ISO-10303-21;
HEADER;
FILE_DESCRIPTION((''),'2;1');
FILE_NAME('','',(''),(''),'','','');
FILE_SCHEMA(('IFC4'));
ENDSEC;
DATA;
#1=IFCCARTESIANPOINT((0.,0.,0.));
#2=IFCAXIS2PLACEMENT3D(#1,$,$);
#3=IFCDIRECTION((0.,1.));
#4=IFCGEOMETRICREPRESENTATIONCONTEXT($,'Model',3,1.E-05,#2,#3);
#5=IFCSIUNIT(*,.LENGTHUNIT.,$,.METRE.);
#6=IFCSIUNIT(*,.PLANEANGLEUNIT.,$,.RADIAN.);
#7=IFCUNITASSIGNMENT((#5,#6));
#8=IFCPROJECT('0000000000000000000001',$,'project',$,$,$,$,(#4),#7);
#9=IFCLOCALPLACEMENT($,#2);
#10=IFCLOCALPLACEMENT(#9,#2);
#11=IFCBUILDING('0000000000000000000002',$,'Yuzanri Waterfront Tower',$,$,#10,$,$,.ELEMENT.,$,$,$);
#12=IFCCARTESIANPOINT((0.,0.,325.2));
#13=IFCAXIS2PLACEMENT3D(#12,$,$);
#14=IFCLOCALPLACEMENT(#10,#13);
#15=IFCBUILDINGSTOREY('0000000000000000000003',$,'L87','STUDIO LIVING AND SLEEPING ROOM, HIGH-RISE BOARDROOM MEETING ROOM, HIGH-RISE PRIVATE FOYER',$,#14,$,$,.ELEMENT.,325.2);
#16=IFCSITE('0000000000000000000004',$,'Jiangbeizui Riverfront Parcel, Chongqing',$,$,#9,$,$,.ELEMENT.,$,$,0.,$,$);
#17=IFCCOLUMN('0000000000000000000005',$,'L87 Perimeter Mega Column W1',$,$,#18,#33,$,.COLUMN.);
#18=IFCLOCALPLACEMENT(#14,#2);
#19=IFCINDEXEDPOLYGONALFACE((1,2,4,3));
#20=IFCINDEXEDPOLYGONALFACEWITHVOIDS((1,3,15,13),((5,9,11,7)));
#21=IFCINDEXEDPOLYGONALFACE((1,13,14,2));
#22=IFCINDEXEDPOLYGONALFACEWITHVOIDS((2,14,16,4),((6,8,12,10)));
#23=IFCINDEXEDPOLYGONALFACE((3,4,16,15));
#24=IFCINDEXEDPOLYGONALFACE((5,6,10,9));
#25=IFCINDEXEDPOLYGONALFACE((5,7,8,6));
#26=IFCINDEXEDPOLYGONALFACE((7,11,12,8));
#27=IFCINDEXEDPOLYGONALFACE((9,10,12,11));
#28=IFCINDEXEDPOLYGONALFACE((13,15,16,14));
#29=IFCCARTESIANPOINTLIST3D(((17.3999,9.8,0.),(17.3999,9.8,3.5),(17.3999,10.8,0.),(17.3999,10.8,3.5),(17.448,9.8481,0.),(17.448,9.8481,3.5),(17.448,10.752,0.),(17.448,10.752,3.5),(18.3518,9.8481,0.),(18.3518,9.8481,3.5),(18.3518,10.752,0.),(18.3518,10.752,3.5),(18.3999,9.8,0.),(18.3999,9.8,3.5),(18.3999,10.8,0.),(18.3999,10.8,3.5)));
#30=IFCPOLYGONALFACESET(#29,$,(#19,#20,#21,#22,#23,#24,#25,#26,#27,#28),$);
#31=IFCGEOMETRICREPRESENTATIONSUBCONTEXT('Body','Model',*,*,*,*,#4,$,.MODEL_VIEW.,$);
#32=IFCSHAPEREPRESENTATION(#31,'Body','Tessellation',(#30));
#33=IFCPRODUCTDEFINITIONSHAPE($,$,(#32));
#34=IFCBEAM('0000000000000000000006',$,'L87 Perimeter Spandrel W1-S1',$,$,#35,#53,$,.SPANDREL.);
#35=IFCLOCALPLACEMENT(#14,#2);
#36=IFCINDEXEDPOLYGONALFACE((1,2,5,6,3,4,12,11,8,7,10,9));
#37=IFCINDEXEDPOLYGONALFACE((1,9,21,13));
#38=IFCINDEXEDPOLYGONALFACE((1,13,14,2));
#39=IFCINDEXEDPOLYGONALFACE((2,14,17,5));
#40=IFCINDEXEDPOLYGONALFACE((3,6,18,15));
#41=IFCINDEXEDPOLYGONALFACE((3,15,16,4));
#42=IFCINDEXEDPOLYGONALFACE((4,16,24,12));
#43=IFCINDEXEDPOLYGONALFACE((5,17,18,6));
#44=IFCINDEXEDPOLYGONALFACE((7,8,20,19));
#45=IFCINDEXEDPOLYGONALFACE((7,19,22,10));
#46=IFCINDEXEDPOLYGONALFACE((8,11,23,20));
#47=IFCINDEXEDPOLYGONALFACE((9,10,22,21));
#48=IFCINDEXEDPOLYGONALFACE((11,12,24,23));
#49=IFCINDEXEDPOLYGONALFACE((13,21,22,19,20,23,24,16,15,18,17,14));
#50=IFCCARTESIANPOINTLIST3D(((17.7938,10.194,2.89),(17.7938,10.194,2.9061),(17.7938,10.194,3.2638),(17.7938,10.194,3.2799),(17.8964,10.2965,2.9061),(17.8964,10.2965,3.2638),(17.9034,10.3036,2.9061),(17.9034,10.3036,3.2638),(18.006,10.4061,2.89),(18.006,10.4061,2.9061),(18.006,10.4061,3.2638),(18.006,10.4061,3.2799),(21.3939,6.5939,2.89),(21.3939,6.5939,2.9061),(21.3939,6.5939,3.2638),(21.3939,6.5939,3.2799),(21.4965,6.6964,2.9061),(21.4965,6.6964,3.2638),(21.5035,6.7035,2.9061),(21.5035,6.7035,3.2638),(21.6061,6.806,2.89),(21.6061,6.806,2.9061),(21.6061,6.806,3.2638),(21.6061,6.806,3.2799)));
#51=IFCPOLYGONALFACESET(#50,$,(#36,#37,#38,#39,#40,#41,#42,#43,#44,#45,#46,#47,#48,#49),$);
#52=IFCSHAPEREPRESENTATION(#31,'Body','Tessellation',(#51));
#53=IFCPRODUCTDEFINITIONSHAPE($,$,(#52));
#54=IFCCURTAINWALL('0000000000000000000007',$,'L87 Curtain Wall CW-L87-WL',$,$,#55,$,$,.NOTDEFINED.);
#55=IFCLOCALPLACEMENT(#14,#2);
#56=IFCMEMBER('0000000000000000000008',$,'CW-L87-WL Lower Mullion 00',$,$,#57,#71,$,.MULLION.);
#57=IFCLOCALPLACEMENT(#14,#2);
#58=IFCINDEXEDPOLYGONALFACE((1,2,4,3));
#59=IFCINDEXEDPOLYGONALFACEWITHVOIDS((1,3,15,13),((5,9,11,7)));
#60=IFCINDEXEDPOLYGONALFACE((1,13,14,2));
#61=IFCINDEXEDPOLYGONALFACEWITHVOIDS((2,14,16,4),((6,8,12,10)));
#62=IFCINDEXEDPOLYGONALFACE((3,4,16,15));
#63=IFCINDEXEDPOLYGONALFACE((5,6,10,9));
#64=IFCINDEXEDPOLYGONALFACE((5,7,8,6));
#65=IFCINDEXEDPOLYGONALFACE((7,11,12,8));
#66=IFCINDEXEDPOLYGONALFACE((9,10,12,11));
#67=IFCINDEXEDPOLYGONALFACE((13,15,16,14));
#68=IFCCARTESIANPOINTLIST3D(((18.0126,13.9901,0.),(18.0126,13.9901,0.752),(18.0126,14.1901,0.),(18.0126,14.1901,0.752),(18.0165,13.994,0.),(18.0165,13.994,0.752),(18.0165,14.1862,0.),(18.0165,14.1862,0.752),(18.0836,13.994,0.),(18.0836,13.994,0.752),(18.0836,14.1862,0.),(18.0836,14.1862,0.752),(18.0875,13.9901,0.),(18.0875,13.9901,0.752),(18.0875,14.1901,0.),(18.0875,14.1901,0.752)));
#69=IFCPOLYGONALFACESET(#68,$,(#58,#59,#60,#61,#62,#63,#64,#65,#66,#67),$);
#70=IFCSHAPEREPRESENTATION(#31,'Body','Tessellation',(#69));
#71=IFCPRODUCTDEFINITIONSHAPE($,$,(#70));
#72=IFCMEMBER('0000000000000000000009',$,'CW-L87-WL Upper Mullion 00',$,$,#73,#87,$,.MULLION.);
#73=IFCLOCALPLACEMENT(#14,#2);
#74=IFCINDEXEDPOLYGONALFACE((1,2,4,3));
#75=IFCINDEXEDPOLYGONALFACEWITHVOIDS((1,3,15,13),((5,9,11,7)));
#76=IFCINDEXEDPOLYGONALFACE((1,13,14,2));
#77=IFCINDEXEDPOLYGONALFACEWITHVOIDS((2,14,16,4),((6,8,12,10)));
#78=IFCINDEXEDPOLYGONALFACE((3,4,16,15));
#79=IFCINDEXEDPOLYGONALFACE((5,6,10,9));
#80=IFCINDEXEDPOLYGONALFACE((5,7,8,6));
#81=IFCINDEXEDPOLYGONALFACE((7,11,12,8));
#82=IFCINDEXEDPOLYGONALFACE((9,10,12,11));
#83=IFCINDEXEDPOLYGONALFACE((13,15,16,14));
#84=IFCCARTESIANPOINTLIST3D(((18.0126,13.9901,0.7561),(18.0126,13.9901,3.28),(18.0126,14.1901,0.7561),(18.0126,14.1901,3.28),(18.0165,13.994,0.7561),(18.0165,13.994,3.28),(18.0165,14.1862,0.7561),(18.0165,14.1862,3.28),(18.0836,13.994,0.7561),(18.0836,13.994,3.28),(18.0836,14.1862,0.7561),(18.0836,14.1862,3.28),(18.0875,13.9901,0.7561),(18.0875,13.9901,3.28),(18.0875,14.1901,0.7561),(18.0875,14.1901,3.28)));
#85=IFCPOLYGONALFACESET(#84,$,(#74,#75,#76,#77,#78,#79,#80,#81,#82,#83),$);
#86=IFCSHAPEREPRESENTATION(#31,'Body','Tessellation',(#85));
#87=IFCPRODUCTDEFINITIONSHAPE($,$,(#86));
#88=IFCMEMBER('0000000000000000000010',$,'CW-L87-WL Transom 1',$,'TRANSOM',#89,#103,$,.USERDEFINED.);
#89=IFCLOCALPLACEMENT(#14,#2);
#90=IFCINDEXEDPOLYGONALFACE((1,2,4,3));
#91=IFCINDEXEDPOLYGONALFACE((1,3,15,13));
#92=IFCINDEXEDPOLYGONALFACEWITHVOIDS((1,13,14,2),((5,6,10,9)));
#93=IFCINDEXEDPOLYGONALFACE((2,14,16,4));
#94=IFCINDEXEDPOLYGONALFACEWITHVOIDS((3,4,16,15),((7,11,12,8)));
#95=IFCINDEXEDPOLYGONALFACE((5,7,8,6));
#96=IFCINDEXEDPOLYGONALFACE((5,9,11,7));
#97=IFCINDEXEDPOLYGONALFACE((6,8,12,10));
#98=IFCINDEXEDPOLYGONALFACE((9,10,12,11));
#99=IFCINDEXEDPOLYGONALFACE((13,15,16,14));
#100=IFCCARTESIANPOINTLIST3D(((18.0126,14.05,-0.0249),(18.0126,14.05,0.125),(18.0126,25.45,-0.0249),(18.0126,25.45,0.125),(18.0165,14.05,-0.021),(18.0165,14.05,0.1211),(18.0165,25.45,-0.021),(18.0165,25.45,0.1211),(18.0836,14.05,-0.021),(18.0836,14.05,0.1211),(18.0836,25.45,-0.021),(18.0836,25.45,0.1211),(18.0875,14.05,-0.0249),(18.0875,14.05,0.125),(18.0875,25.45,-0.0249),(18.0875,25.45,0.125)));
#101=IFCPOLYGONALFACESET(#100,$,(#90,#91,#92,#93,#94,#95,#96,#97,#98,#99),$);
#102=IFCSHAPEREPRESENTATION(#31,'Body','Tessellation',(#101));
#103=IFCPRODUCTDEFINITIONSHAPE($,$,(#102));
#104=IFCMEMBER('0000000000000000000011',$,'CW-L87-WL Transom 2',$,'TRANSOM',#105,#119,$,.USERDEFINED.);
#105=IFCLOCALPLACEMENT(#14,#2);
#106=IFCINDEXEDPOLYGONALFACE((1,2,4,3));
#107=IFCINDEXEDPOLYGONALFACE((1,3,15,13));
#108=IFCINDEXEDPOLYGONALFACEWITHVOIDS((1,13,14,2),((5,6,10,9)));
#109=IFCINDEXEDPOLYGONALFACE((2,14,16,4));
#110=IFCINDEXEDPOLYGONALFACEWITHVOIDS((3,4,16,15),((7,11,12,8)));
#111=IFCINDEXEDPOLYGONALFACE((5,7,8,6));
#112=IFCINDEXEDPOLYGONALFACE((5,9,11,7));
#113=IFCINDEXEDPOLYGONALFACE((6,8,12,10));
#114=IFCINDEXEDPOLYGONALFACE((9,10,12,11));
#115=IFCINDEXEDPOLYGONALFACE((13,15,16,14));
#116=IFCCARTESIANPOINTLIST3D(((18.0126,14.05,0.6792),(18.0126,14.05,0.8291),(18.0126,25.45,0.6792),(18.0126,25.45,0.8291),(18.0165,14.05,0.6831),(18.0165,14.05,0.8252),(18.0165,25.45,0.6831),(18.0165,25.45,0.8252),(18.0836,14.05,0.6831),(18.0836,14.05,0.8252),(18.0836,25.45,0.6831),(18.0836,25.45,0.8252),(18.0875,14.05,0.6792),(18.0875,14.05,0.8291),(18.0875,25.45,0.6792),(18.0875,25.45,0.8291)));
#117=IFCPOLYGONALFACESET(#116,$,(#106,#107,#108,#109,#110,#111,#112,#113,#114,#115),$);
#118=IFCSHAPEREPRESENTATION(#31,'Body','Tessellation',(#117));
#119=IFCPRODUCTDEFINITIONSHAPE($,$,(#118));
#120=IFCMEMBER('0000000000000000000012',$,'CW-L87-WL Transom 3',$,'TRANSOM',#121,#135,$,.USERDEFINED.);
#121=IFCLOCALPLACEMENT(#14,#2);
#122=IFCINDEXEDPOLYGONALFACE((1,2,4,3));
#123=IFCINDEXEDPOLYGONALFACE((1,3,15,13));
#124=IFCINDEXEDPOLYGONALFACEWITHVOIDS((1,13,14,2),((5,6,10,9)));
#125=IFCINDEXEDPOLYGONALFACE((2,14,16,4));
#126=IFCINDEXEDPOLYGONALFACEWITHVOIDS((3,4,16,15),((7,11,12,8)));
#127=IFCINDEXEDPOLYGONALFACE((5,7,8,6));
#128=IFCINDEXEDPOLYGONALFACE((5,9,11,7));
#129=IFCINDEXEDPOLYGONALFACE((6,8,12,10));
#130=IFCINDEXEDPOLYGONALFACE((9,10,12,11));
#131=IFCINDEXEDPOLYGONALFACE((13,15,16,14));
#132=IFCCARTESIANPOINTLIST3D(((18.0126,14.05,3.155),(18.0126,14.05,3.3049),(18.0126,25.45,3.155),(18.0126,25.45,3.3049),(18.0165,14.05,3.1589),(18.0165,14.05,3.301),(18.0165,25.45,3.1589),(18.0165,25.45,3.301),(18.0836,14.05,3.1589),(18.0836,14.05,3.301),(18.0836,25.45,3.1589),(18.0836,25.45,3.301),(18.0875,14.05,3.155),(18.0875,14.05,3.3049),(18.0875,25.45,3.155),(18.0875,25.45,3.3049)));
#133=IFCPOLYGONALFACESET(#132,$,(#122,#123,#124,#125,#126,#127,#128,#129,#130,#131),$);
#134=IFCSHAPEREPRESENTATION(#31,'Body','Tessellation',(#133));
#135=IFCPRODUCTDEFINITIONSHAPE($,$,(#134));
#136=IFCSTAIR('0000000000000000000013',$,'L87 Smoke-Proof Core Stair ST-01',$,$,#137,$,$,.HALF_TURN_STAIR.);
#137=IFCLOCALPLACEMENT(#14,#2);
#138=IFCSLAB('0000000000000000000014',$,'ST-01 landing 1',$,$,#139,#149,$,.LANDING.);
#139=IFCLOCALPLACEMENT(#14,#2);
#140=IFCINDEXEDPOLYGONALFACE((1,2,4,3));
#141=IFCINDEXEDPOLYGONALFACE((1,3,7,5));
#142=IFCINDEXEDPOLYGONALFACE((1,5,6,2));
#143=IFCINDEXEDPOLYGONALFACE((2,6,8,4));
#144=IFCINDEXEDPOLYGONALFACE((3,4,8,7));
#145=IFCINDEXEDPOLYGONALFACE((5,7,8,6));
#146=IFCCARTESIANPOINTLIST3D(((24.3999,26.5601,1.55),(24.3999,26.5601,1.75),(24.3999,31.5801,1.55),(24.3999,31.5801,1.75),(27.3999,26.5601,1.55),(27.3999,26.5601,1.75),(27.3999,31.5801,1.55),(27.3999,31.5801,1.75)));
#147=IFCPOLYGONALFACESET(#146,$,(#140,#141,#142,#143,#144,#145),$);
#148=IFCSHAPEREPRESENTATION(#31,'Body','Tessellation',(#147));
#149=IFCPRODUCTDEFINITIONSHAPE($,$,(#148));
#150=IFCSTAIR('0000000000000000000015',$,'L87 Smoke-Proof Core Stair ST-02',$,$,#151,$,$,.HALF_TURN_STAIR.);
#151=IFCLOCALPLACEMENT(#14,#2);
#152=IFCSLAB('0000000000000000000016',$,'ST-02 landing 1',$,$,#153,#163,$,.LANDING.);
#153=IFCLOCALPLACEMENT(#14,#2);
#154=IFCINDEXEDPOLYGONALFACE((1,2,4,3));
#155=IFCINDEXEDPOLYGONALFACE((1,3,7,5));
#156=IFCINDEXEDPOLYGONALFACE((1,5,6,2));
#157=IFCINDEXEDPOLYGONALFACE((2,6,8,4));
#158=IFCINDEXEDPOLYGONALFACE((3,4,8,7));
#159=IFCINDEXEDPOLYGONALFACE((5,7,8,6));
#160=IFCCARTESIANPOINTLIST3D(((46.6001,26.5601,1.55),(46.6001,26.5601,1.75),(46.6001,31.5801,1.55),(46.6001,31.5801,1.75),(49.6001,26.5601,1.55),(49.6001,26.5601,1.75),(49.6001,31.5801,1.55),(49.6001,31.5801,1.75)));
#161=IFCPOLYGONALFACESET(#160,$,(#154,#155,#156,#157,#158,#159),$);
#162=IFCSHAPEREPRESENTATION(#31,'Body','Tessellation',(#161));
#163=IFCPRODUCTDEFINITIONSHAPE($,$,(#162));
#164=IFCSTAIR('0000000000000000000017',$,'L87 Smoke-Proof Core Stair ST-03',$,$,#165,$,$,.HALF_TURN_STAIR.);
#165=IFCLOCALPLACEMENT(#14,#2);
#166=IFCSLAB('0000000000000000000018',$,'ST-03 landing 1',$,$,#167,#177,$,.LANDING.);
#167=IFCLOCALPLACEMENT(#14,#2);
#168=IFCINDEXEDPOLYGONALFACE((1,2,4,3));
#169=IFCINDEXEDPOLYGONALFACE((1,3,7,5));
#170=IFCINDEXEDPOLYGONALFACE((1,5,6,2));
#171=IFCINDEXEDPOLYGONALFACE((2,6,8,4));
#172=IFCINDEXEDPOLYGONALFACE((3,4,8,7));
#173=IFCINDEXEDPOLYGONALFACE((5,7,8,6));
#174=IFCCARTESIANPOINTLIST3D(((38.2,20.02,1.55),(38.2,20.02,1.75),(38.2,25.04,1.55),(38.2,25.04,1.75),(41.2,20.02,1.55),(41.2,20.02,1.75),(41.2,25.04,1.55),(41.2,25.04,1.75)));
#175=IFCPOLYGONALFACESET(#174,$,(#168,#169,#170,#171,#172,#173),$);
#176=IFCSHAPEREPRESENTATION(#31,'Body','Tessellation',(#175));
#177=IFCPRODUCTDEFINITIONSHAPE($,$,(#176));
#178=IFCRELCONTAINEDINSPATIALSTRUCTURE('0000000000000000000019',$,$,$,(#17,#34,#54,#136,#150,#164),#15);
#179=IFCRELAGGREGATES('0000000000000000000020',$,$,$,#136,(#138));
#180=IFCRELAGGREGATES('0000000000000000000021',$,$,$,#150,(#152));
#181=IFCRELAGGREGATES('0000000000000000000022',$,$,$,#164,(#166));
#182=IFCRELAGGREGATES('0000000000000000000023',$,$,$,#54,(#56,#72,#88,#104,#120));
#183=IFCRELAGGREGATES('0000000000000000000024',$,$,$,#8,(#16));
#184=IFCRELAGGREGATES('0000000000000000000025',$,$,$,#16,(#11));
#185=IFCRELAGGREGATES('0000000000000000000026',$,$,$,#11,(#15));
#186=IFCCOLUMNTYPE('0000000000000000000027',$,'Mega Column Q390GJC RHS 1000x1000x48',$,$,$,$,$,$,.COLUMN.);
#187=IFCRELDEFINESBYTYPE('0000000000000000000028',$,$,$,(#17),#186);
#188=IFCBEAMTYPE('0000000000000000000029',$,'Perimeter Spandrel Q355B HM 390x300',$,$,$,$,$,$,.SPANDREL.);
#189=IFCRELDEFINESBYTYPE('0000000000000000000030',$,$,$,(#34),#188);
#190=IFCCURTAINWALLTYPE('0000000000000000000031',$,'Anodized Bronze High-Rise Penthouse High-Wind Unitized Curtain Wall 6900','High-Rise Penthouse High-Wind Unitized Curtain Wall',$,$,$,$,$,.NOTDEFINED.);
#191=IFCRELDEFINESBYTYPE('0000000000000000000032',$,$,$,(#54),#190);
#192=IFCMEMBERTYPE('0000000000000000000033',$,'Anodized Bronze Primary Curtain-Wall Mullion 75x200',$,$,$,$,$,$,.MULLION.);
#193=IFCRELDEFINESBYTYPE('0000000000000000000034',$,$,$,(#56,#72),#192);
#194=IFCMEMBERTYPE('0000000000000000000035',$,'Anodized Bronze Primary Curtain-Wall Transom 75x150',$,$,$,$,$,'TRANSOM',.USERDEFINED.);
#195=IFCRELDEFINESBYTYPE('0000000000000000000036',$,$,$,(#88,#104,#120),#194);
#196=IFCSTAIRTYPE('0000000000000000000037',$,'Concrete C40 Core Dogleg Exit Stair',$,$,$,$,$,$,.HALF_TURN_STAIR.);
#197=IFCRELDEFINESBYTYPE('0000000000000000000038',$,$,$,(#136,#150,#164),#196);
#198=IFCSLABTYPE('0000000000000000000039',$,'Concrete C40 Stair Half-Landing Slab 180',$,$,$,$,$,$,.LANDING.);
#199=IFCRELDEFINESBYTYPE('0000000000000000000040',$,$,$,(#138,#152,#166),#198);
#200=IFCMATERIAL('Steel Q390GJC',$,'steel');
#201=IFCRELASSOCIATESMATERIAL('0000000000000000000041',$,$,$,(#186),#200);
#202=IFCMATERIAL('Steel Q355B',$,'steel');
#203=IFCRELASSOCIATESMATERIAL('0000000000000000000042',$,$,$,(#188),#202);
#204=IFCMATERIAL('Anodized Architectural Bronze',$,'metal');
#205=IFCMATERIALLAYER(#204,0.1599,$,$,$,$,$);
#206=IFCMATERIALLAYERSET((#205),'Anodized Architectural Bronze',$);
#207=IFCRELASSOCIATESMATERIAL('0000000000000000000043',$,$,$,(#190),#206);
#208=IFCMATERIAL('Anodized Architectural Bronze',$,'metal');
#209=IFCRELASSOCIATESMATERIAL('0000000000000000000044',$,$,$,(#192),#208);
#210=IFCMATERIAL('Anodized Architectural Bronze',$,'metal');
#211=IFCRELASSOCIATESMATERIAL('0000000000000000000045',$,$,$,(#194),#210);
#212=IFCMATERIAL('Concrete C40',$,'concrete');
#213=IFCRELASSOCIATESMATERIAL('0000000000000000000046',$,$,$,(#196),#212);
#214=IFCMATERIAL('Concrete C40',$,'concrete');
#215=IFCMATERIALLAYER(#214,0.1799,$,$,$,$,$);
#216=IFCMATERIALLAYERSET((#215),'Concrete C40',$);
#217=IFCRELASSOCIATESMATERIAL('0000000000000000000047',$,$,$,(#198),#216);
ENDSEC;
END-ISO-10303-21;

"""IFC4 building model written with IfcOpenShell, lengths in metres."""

from ifc_helpers import new_model, si_unit, direction, frame, origin, origin_2d, place, context, subcontext, project, spatial, polyline, hollow_rectangle, i_section, outline, extrude, source, transform, mapped, material, layer, layer_set, material_profile, profile_set, type_object, element, aggregate, save


model = new_model("IFC4")

# Units and contexts
model_context = context("Model", 3, precision=1e-05, world=origin(), true_north=direction((0.0, 1.0)))
body_context = subcontext(model_context, "Body", "Model", "MODEL_VIEW")
ifc_project = project(units=[si_unit("LENGTHUNIT", "METRE"), si_unit("PLANEANGLEUNIT", "RADIAN")], contexts=[model_context])

# Site, building, storey
site_placement = place(None, origin())
site = spatial("IfcSite", under=ifc_project, at=site_placement, Name="Jiangbeizui Riverfront Parcel, Chongqing", CompositionType="ELEMENT", RefElevation=0.0)
building_placement = place(site_placement, origin())
building = spatial("IfcBuilding", under=site, at=building_placement, Name="Yuzanri Waterfront Tower", CompositionType="ELEMENT")
storey_placement = place(building_placement, frame((0.0, 0.0, 325.2)))
storey = spatial("IfcBuildingStorey", under=building, at=storey_placement, Name="L87", Description="STUDIO LIVING AND SLEEPING ROOM, HIGH-RISE BOARDROOM MEETING ROOM, HIGH-RISE PRIVATE FOYER", CompositionType="ELEMENT", Elevation=325.2)

# Column
ifc_material_1 = material(Name="Steel Q390GJC", Category="steel")
ifc_material_profile_1 = material_profile(ifc_material_1, hollow_rectangle(XDim=1.0, YDim=1.0, WallThickness=0.0481, at=origin_2d()), Name="RHS 1000x1000x48")
ifc_profile_set_1 = profile_set([ifc_material_profile_1], Name="Steel Q390GJC")
column_type = type_object("IfcColumnType", Name="Mega Column Q390GJC RHS 1000x1000x48", PredefinedType="COLUMN", material=ifc_profile_set_1)
shared_shape_1 = source(origin(), body_context, "Body", "SweptSolid", [
    extrude(hollow_rectangle(XDim=1.0, YDim=1.0, WallThickness=0.0481, at=origin_2d()), origin(), (0.0, 0.0, 1.0), 3.5),
])
column_placement = place(storey_placement, frame((17.8999, 10.3, 0.0), z_axis=(0.0, 0.0, 1.0), x_axis=(1.0, 0.0, 0.0)))
element("IfcColumn", 1, at=column_placement, inside=storey, type_object=column_type, Name="L87 Perimeter Mega Column W1", PredefinedType="COLUMN", context=body_context, shape_type="MappedRepresentation", body=[
    mapped(shared_shape_1, transform((0.0, 0.0, 0.0), scale=1.0)),
])

# Beam
ifc_material_2 = material(Name="Steel Q355B", Category="steel")
ifc_material_profile_2 = material_profile(ifc_material_2, i_section(OverallWidth=0.3, OverallDepth=0.3899, WebThickness=0.01, FlangeThickness=0.0161, at=origin_2d()), Name="HM 390x300x10x16")
ifc_profile_set_2 = profile_set([ifc_material_profile_2], Name="Steel Q355B")
beam_type = type_object("IfcBeamType", Name="Perimeter Spandrel Q355B HM 390x300", PredefinedType="SPANDREL", material=ifc_profile_set_2)
shared_shape_2 = source(origin(), body_context, "Body", "SweptSolid", [
    extrude(i_section(OverallWidth=0.3, OverallDepth=0.3899, WebThickness=0.01, FlangeThickness=0.0161, at=origin_2d()), origin(), (0.0, 0.0, 1.0), 5.0913),
])
beam_placement = place(storey_placement, frame((17.8999, 10.3, 3.085), z_axis=(0.707107, -0.707107, 0.0), x_axis=(0.707107, 0.707107, 0.0)))
element("IfcBeam", 2, at=beam_placement, inside=storey, type_object=beam_type, Name="L87 Perimeter Spandrel W1-S1", PredefinedType="SPANDREL", context=body_context, shape_type="MappedRepresentation", body=[
    mapped(shared_shape_2, transform((0.0, 0.0, 0.0), scale=1.0)),
])

# Curtain wall, members
ifc_material_3 = material(Name="Anodized Architectural Bronze", Category="metal")
ifc_layer_1 = layer(ifc_material_3, 0.1599)
ifc_layer_set_1 = layer_set([ifc_layer_1], Name="Anodized Architectural Bronze")
curtain_wall_type = type_object("IfcCurtainWallType", Name="Anodized Bronze High-Rise Penthouse High-Wind Unitized Curtain Wall 6900", Description="High-Rise Penthouse High-Wind Unitized Curtain Wall", PredefinedType="NOTDEFINED", material=ifc_layer_set_1)
curtain_wall_placement = place(storey_placement, origin())
curtain_wall = element("IfcCurtainWall", 3, at=curtain_wall_placement, inside=storey, type_object=curtain_wall_type, Name="L87 Curtain Wall CW-L87-WL", PredefinedType="NOTDEFINED")
ifc_material_4 = material(Name="Anodized Architectural Bronze", Category="metal")
ifc_material_profile_3 = material_profile(ifc_material_4, hollow_rectangle(XDim=0.075, YDim=0.2, WallThickness=0.0039, at=origin_2d()), Name="CWM 75x200")
ifc_profile_set_3 = profile_set([ifc_material_profile_3], Name="Anodized Architectural Bronze")
member_type_1 = type_object("IfcMemberType", Name="Anodized Bronze Primary Curtain-Wall Mullion 75x200", PredefinedType="MULLION", material=ifc_profile_set_3)
shared_shape_3 = source(origin(), body_context, "Body", "SweptSolid", [
    extrude(hollow_rectangle(XDim=0.075, YDim=0.2, WallThickness=0.0039, at=origin_2d()), origin(), (0.0, 0.0, 1.0), 0.752),
])
member_1_placement = place(storey_placement, frame((18.05, 14.0901, 0.0), z_axis=(0.0, 0.0, 1.0), x_axis=(1.0, 0.0, 0.0)))
member_1 = element("IfcMember", 4, at=member_1_placement, type_object=member_type_1, Name="CW-L87-WL Lower Mullion 00", PredefinedType="MULLION", context=body_context, shape_type="MappedRepresentation", body=[
    mapped(shared_shape_3, transform((0.0, 0.0, 0.0), scale=1.0)),
])
shared_shape_4 = source(origin(), body_context, "Body", "SweptSolid", [
    extrude(hollow_rectangle(XDim=0.075, YDim=0.2, WallThickness=0.0039, at=origin_2d()), origin(), (0.0, 0.0, 1.0), 2.5239),
])
member_2_placement = place(storey_placement, frame((18.05, 14.0901, 0.7561), z_axis=(0.0, 0.0, 1.0), x_axis=(1.0, 0.0, 0.0)))
member_2 = element("IfcMember", 5, at=member_2_placement, type_object=member_type_1, Name="CW-L87-WL Upper Mullion 00", PredefinedType="MULLION", context=body_context, shape_type="MappedRepresentation", body=[
    mapped(shared_shape_4, transform((0.0, 0.0, 0.0), scale=1.0)),
])
ifc_material_5 = material(Name="Anodized Architectural Bronze", Category="metal")
ifc_material_profile_4 = material_profile(ifc_material_5, hollow_rectangle(XDim=0.075, YDim=0.1499, WallThickness=0.0039, at=origin_2d()), Name="CWT 75x150")
ifc_profile_set_4 = profile_set([ifc_material_profile_4], Name="Anodized Architectural Bronze")
member_type_2 = type_object("IfcMemberType", Name="Anodized Bronze Primary Curtain-Wall Transom 75x150", ElementType="TRANSOM", PredefinedType="USERDEFINED", material=ifc_profile_set_4)
shared_shape_5 = source(origin(), body_context, "Body", "SweptSolid", [
    extrude(hollow_rectangle(XDim=0.075, YDim=0.1499, WallThickness=0.0039, at=origin_2d()), origin(), (0.0, 0.0, 1.0), 11.3999),
])
member_3_placement = place(storey_placement, frame((18.05, 14.05, 0.05), z_axis=(0.0, 1.0, 0.0), x_axis=(-1.0, 0.0, 0.0)))
member_3 = element("IfcMember", 6, at=member_3_placement, type_object=member_type_2, Name="CW-L87-WL Transom 1", ObjectType="TRANSOM", PredefinedType="USERDEFINED", context=body_context, shape_type="MappedRepresentation", body=[
    mapped(shared_shape_5, transform((0.0, 0.0, 0.0), scale=1.0)),
])
member_4_placement = place(storey_placement, frame((18.05, 14.05, 0.7542), z_axis=(0.0, 1.0, 0.0), x_axis=(-1.0, 0.0, 0.0)))
member_4 = element("IfcMember", 7, at=member_4_placement, type_object=member_type_2, Name="CW-L87-WL Transom 2", ObjectType="TRANSOM", PredefinedType="USERDEFINED", context=body_context, shape_type="MappedRepresentation", body=[
    mapped(shared_shape_5, transform((0.0, 0.0, 0.0), scale=1.0)),
])
member_5_placement = place(storey_placement, frame((18.05, 14.05, 3.23), z_axis=(0.0, 1.0, 0.0), x_axis=(-1.0, 0.0, 0.0)))
member_5 = element("IfcMember", 8, at=member_5_placement, type_object=member_type_2, Name="CW-L87-WL Transom 3", ObjectType="TRANSOM", PredefinedType="USERDEFINED", context=body_context, shape_type="MappedRepresentation", body=[
    mapped(shared_shape_5, transform((0.0, 0.0, 0.0), scale=1.0)),
])

# Stairs, slabs
ifc_material_6 = material(Name="Concrete C40", Category="concrete")
stair_type = type_object("IfcStairType", Name="Concrete C40 Core Dogleg Exit Stair", PredefinedType="HALF_TURN_STAIR", material=ifc_material_6)
stair_1_placement = place(storey_placement, origin())
stair_1 = element("IfcStair", 9, at=stair_1_placement, inside=storey, type_object=stair_type, Name="L87 Smoke-Proof Core Stair ST-01", PredefinedType="HALF_TURN_STAIR")
ifc_material_7 = material(Name="Concrete C40", Category="concrete")
ifc_layer_2 = layer(ifc_material_7, 0.1799)
ifc_layer_set_2 = layer_set([ifc_layer_2], Name="Concrete C40")
slab_type_1 = type_object("IfcSlabType", Name="Concrete C40 Stair Half-Landing Slab 180", PredefinedType="LANDING", material=ifc_layer_set_2)
slab_1_placement = place(storey_placement, frame((0.0, 0.0, 1.55)))
slab_1 = element("IfcSlab", 10, at=slab_1_placement, type_object=slab_type_1, Name="ST-01 landing 1", PredefinedType="LANDING", context=body_context, shape_type="SweptSolid", body=[
    extrude(outline(polyline([(27.3999, 26.5601), (27.3999, 31.5801), (24.3999, 31.5801), (24.3999, 26.5601), (27.3999, 26.5601)])), origin(), (0.0, 0.0, 1.0), 0.2),
])
aggregate(stair_1, [slab_1])
stair_2_placement = place(storey_placement, origin())
stair_2 = element("IfcStair", 11, at=stair_2_placement, inside=storey, type_object=stair_type, Name="L87 Smoke-Proof Core Stair ST-02", PredefinedType="HALF_TURN_STAIR")
slab_2_placement = place(storey_placement, frame((0.0, 0.0, 1.55)))
slab_2 = element("IfcSlab", 12, at=slab_2_placement, type_object=slab_type_1, Name="ST-02 landing 1", PredefinedType="LANDING", context=body_context, shape_type="SweptSolid", body=[
    extrude(outline(polyline([(49.6001, 26.5601), (49.6001, 31.5801), (46.6001, 31.5801), (46.6001, 26.5601), (49.6001, 26.5601)])), origin(), (0.0, 0.0, 1.0), 0.2),
])
aggregate(stair_2, [slab_2])
stair_3_placement = place(storey_placement, origin())
stair_3 = element("IfcStair", 13, at=stair_3_placement, inside=storey, type_object=stair_type, Name="L87 Smoke-Proof Core Stair ST-03", PredefinedType="HALF_TURN_STAIR")
slab_3_placement = place(storey_placement, frame((0.0, 0.0, 1.55)))
slab_3 = element("IfcSlab", 14, at=slab_3_placement, type_object=slab_type_1, Name="ST-03 landing 1", PredefinedType="LANDING", context=body_context, shape_type="SweptSolid", body=[
    extrude(outline(polyline([(38.2, 25.04), (38.2, 20.02), (41.2, 20.02), (41.2, 25.04), (38.2, 25.04)])), origin(), (0.0, 0.0, 1.0), 0.2),
])
aggregate(stair_3, [slab_3])

aggregate(curtain_wall, [member_1, member_2, member_3, member_4, member_5])

save(model, "model.ifc")
